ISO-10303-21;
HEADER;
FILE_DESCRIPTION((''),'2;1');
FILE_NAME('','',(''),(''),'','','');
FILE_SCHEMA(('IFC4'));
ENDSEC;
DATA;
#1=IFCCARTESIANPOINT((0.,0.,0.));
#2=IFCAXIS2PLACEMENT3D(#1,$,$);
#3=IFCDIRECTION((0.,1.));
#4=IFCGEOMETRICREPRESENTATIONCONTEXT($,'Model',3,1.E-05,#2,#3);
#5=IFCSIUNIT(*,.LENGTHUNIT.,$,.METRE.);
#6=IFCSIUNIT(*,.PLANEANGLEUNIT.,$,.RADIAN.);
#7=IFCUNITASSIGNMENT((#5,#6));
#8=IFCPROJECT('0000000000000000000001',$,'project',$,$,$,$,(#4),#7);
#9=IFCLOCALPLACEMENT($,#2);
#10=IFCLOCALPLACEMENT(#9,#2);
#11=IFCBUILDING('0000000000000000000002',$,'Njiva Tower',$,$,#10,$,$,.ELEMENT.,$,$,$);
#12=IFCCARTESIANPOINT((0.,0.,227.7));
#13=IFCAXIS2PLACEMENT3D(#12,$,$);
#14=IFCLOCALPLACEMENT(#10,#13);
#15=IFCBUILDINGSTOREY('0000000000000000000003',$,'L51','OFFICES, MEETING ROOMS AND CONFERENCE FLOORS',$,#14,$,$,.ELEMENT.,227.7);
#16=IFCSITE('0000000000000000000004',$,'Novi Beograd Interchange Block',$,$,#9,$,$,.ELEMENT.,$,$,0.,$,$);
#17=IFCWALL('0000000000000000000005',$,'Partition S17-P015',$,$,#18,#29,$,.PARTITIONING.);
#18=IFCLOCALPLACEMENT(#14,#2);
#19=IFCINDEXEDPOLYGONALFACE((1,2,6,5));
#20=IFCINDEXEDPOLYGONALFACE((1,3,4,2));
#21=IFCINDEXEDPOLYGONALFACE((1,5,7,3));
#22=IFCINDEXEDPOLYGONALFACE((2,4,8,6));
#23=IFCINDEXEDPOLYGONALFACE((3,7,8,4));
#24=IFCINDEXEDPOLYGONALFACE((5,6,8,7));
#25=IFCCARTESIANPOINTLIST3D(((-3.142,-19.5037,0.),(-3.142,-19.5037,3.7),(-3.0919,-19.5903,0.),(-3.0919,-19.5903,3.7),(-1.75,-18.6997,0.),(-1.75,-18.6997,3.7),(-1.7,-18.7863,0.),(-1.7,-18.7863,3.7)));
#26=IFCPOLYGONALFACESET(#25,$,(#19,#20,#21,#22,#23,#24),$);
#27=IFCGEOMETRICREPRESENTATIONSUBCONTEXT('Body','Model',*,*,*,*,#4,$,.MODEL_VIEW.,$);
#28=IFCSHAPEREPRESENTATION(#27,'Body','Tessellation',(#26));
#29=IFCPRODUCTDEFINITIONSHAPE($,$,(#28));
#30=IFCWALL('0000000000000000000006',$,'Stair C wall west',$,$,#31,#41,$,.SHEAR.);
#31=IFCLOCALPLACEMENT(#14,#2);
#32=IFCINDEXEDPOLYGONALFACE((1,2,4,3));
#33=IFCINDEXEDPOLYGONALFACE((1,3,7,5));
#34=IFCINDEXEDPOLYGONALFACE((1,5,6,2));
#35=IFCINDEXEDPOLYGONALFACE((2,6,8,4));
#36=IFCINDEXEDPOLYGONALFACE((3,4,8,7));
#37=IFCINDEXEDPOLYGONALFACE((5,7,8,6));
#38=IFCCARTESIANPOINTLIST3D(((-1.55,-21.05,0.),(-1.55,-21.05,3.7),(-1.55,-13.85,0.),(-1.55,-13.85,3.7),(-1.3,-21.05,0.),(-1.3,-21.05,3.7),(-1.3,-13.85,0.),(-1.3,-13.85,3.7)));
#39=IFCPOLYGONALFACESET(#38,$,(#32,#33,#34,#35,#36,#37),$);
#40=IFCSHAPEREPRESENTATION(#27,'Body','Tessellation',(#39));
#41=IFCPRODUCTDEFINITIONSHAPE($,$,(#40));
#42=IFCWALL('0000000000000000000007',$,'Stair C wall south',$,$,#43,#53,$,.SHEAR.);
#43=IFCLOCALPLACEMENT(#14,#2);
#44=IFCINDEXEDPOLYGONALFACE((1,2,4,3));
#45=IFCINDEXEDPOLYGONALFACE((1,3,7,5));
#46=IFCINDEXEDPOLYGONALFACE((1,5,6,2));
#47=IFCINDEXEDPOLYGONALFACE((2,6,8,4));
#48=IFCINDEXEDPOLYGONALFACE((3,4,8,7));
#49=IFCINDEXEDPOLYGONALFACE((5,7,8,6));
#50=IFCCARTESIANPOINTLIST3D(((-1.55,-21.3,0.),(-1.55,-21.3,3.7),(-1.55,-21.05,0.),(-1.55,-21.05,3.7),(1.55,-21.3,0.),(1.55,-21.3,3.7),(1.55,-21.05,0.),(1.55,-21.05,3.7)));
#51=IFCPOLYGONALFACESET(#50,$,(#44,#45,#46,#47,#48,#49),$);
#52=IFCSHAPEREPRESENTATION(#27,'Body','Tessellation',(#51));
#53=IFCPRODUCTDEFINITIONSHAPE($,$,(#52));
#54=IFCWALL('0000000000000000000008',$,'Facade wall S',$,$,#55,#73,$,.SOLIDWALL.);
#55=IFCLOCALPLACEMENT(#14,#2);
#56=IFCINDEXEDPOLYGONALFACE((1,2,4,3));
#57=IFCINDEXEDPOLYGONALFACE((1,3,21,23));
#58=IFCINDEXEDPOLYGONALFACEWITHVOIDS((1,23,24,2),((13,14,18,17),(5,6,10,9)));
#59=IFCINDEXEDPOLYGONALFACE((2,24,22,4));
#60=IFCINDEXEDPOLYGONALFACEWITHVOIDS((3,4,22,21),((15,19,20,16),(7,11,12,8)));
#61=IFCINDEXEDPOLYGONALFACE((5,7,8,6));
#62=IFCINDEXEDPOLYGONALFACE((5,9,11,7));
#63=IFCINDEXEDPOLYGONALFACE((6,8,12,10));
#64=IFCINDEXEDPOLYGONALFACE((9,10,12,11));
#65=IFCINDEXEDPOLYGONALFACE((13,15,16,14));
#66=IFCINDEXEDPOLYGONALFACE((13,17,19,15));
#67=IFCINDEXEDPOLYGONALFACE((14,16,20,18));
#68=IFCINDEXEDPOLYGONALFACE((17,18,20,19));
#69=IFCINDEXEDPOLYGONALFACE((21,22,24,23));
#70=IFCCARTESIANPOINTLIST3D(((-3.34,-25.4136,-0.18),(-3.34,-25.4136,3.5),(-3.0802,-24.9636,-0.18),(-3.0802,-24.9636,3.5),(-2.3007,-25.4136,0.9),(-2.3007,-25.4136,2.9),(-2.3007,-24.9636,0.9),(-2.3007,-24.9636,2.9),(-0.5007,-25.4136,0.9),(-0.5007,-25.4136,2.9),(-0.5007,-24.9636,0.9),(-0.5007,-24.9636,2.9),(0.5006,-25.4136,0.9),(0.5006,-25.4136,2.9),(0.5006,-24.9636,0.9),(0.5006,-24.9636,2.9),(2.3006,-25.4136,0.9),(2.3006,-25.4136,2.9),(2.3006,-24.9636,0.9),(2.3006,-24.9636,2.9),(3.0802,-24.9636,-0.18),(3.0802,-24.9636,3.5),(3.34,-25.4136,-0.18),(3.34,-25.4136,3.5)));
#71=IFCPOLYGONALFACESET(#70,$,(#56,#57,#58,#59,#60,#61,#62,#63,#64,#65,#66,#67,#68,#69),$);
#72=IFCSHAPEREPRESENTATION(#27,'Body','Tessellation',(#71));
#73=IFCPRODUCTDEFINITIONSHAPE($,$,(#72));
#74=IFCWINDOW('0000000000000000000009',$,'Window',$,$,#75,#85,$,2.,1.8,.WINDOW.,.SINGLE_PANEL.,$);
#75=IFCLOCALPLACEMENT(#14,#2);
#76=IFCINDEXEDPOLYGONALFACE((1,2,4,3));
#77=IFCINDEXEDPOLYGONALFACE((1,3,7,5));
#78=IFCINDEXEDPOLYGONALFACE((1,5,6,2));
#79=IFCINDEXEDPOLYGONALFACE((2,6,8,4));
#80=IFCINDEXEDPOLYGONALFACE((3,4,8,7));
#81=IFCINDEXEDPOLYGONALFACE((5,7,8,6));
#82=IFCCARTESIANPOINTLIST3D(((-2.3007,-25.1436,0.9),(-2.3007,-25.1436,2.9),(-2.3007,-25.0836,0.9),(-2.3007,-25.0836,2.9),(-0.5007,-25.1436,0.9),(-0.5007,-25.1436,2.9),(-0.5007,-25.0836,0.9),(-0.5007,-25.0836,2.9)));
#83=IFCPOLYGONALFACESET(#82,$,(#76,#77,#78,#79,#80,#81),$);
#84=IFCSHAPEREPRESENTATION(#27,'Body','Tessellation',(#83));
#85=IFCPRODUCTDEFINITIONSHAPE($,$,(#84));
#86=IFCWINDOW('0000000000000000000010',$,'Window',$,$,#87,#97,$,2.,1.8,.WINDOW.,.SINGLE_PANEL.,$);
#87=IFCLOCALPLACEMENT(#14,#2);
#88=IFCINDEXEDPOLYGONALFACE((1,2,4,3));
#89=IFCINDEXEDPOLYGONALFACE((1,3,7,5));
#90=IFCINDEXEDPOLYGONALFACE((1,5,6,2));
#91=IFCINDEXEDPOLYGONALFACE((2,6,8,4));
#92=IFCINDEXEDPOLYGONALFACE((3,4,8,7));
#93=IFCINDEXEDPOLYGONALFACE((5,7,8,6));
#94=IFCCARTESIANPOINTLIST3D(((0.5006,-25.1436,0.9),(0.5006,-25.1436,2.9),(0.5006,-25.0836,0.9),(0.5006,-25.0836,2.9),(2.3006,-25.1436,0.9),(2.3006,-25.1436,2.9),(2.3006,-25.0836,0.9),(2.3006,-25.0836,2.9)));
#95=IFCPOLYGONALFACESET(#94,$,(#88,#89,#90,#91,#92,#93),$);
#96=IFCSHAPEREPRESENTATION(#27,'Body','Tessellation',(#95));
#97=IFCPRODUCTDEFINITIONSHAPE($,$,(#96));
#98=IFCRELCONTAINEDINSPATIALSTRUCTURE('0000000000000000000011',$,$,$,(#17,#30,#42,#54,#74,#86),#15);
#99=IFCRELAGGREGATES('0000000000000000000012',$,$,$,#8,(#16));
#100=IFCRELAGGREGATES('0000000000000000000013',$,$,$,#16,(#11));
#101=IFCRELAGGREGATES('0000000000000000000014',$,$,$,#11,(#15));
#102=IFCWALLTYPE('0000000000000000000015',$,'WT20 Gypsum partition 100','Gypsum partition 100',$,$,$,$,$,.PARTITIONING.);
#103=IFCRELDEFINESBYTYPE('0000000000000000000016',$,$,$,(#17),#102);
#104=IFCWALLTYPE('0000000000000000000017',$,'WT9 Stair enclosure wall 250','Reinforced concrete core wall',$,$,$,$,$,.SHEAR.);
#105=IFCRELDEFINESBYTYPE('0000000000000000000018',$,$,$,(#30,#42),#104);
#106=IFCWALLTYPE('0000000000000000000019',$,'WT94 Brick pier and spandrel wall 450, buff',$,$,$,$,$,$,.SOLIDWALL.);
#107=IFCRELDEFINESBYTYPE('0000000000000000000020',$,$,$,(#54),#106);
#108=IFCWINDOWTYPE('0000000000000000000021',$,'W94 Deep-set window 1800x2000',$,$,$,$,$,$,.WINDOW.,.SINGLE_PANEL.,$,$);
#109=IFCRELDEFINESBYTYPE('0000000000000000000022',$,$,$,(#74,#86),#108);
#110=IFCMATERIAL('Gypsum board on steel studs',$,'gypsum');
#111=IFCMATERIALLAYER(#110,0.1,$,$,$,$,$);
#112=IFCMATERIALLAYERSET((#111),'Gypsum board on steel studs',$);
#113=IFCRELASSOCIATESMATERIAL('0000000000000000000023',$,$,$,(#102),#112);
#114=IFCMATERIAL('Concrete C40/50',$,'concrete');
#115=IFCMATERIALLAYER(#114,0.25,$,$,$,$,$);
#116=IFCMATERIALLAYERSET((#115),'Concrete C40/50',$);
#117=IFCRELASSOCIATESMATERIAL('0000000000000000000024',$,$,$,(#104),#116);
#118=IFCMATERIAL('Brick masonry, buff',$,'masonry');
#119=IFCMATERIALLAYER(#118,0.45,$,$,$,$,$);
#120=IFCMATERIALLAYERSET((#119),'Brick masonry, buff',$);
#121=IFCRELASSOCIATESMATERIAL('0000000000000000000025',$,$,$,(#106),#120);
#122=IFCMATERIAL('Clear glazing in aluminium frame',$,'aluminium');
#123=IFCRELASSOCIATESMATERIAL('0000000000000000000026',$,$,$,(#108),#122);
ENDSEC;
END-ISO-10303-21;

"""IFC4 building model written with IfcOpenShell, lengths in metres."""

from ifc_helpers import new_model, si_unit, direction, frame, frame_2d, origin, place, context, subcontext, project, spatial, polyline, rectangle, outline, extrude, material, layer, layer_set, type_object, element, fill, save


model = new_model("IFC4")

# Units and contexts
model_context = context("Model", 3, precision=1e-05, world=origin(), true_north=direction((0.0, 1.0)))
body_context = subcontext(model_context, "Body", "Model", "MODEL_VIEW")
ifc_project = project(units=[si_unit("LENGTHUNIT", "METRE"), si_unit("PLANEANGLEUNIT", "RADIAN")], contexts=[model_context])

# Site, building, storey
site_placement = place(None, origin())
site = spatial("IfcSite", under=ifc_project, at=site_placement, Name="Novi Beograd Interchange Block", CompositionType="ELEMENT", RefElevation=0.0)
building_placement = place(site_placement, origin())
building = spatial("IfcBuilding", under=site, at=building_placement, Name="Njiva Tower", CompositionType="ELEMENT")
storey_placement = place(building_placement, frame((0.0, 0.0, 227.7)))
storey = spatial("IfcBuildingStorey", under=building, at=storey_placement, Name="L51", Description="OFFICES, MEETING ROOMS AND CONFERENCE FLOORS", CompositionType="ELEMENT", Elevation=227.7)

# Walls
ifc_material_1 = material(Name="Gypsum board on steel studs", Category="gypsum")
ifc_layer_1 = layer(ifc_material_1, 0.1)
ifc_layer_set_1 = layer_set([ifc_layer_1], Name="Gypsum board on steel studs")
wall_type_1 = type_object("IfcWallType", Name="WT20 Gypsum partition 100", Description="Gypsum partition 100", PredefinedType="PARTITIONING", material=ifc_layer_set_1)
wall_1_placement = place(storey_placement, frame((-3.117, -19.547, 0.0), z_axis=(0.0, 0.0, 1.0), x_axis=(0.865937, 0.500153, 0.0)))
element("IfcWall", 1, at=wall_1_placement, inside=storey, type_object=wall_type_1, Name="Partition S17-P015", PredefinedType="PARTITIONING", context=body_context, shape_type="SweptSolid", body=[
    extrude(rectangle(XDim=1.6075, YDim=0.1, at=frame_2d((0.8038, 0.0))), origin(), (0.0, 0.0, 1.0), 3.7),
])
ifc_material_2 = material(Name="Concrete C40/50", Category="concrete")
ifc_layer_2 = layer(ifc_material_2, 0.25)
ifc_layer_set_2 = layer_set([ifc_layer_2], Name="Concrete C40/50")
wall_type_2 = type_object("IfcWallType", Name="WT9 Stair enclosure wall 250", Description="Reinforced concrete core wall", PredefinedType="SHEAR", material=ifc_layer_set_2)
wall_2_placement = place(storey_placement, frame((-1.425, -21.05, 0.0), z_axis=(0.0, 0.0, 1.0), x_axis=(0.0, 1.0, 0.0)))
element("IfcWall", 2, at=wall_2_placement, inside=storey, type_object=wall_type_2, Name="Stair C wall west", PredefinedType="SHEAR", context=body_context, shape_type="SweptSolid", body=[
    extrude(rectangle(XDim=7.2, YDim=0.25, at=frame_2d((3.6, 0.0))), origin(), (0.0, 0.0, 1.0), 3.7),
])
wall_3_placement = place(storey_placement, frame((-1.55, -21.175, 0.0), z_axis=(0.0, 0.0, 1.0), x_axis=(1.0, 0.0, 0.0)))
element("IfcWall", 3, at=wall_3_placement, inside=storey, type_object=wall_type_2, Name="Stair C wall south", PredefinedType="SHEAR", context=body_context, shape_type="SweptSolid", body=[
    extrude(rectangle(XDim=3.1, YDim=0.25, at=frame_2d((1.55, 0.0))), origin(), (0.0, 0.0, 1.0), 3.7),
])

# Wall, openings, windows
ifc_material_3 = material(Name="Brick masonry, buff", Category="masonry")
ifc_layer_3 = layer(ifc_material_3, 0.45)
ifc_layer_set_3 = layer_set([ifc_layer_3], Name="Brick masonry, buff")
wall_type_3 = type_object("IfcWallType", Name="WT94 Brick pier and spandrel wall 450, buff", PredefinedType="SOLIDWALL", material=ifc_layer_set_3)
wall_4_placement = place(storey_placement, frame((-3.2101, -25.1886, -0.18), z_axis=(0.0, 0.0, 1.0), x_axis=(1.0, 0.0, 0.0)))
wall_4 = element("IfcWall", 4, at=wall_4_placement, inside=storey, type_object=wall_type_3, Name="Facade wall S", PredefinedType="SOLIDWALL", context=body_context, shape_type="SweptSolid", body=[
    extrude(outline(polyline([(-0.1299, -0.225), (6.5501, -0.225), (6.2903, 0.225), (0.1299, 0.225), (-0.1299, -0.225)])), origin(), (0.0, 0.0, 1.0), 3.68),
])
opening_1_placement = place(wall_4_placement, frame((0.9094, 0.0, 1.08)))
opening_1 = element("IfcOpeningElement", 5, at=opening_1_placement, cuts=wall_4, PredefinedType="OPENING", context=body_context, shape_type="SweptSolid", body=[
    extrude(rectangle(XDim=1.8, YDim=2.0, at=frame_2d((0.9, 1.0))), frame((0.0, 0.235, 0.0), z_axis=(0.0, -1.0, 0.0), x_axis=(1.0, 0.0, 0.0)), (0.0, 0.0, 1.0), 0.47),
])
opening_2_placement = place(wall_4_placement, frame((3.7107, 0.0, 1.08)))
opening_2 = element("IfcOpeningElement", 6, at=opening_2_placement, cuts=wall_4, PredefinedType="OPENING", context=body_context, shape_type="SweptSolid", body=[
    extrude(rectangle(XDim=1.8, YDim=2.0, at=frame_2d((0.9, 1.0))), frame((0.0, 0.235, 0.0), z_axis=(0.0, -1.0, 0.0), x_axis=(1.0, 0.0, 0.0)), (0.0, 0.0, 1.0), 0.47),
])
ifc_material_4 = material(Name="Clear glazing in aluminium frame", Category="aluminium")
window_type = type_object("IfcWindowType", Name="W94 Deep-set window 1800x2000", PartitioningType="SINGLE_PANEL", PredefinedType="WINDOW", material=ifc_material_4)
window_1_placement = place(opening_1_placement, origin())
window_1 = element("IfcWindow", 7, at=window_1_placement, inside=storey, type_object=window_type, Name="Window", OverallHeight=2.0, OverallWidth=1.8, PartitioningType="SINGLE_PANEL", PredefinedType="WINDOW", context=body_context, shape_type="SweptSolid", body=[
    extrude(rectangle(XDim=1.8, YDim=2.0, at=frame_2d((0.9, 1.0))), frame((0.0, 0.105, 0.0), z_axis=(0.0, -1.0, 0.0), x_axis=(1.0, 0.0, 0.0)), (0.0, 0.0, 1.0), 0.06),
])
fill(opening_1, window_1)
window_2_placement = place(opening_2_placement, origin())
window_2 = element("IfcWindow", 8, at=window_2_placement, inside=storey, type_object=window_type, Name="Window", OverallHeight=2.0, OverallWidth=1.8, PartitioningType="SINGLE_PANEL", PredefinedType="WINDOW", context=body_context, shape_type="SweptSolid", body=[
    extrude(rectangle(XDim=1.8, YDim=2.0, at=frame_2d((0.9, 1.0))), frame((0.0, 0.105, 0.0), z_axis=(0.0, -1.0, 0.0), x_axis=(1.0, 0.0, 0.0)), (0.0, 0.0, 1.0), 0.06),
])
fill(opening_2, window_2)

save(model, "model.ifc")
